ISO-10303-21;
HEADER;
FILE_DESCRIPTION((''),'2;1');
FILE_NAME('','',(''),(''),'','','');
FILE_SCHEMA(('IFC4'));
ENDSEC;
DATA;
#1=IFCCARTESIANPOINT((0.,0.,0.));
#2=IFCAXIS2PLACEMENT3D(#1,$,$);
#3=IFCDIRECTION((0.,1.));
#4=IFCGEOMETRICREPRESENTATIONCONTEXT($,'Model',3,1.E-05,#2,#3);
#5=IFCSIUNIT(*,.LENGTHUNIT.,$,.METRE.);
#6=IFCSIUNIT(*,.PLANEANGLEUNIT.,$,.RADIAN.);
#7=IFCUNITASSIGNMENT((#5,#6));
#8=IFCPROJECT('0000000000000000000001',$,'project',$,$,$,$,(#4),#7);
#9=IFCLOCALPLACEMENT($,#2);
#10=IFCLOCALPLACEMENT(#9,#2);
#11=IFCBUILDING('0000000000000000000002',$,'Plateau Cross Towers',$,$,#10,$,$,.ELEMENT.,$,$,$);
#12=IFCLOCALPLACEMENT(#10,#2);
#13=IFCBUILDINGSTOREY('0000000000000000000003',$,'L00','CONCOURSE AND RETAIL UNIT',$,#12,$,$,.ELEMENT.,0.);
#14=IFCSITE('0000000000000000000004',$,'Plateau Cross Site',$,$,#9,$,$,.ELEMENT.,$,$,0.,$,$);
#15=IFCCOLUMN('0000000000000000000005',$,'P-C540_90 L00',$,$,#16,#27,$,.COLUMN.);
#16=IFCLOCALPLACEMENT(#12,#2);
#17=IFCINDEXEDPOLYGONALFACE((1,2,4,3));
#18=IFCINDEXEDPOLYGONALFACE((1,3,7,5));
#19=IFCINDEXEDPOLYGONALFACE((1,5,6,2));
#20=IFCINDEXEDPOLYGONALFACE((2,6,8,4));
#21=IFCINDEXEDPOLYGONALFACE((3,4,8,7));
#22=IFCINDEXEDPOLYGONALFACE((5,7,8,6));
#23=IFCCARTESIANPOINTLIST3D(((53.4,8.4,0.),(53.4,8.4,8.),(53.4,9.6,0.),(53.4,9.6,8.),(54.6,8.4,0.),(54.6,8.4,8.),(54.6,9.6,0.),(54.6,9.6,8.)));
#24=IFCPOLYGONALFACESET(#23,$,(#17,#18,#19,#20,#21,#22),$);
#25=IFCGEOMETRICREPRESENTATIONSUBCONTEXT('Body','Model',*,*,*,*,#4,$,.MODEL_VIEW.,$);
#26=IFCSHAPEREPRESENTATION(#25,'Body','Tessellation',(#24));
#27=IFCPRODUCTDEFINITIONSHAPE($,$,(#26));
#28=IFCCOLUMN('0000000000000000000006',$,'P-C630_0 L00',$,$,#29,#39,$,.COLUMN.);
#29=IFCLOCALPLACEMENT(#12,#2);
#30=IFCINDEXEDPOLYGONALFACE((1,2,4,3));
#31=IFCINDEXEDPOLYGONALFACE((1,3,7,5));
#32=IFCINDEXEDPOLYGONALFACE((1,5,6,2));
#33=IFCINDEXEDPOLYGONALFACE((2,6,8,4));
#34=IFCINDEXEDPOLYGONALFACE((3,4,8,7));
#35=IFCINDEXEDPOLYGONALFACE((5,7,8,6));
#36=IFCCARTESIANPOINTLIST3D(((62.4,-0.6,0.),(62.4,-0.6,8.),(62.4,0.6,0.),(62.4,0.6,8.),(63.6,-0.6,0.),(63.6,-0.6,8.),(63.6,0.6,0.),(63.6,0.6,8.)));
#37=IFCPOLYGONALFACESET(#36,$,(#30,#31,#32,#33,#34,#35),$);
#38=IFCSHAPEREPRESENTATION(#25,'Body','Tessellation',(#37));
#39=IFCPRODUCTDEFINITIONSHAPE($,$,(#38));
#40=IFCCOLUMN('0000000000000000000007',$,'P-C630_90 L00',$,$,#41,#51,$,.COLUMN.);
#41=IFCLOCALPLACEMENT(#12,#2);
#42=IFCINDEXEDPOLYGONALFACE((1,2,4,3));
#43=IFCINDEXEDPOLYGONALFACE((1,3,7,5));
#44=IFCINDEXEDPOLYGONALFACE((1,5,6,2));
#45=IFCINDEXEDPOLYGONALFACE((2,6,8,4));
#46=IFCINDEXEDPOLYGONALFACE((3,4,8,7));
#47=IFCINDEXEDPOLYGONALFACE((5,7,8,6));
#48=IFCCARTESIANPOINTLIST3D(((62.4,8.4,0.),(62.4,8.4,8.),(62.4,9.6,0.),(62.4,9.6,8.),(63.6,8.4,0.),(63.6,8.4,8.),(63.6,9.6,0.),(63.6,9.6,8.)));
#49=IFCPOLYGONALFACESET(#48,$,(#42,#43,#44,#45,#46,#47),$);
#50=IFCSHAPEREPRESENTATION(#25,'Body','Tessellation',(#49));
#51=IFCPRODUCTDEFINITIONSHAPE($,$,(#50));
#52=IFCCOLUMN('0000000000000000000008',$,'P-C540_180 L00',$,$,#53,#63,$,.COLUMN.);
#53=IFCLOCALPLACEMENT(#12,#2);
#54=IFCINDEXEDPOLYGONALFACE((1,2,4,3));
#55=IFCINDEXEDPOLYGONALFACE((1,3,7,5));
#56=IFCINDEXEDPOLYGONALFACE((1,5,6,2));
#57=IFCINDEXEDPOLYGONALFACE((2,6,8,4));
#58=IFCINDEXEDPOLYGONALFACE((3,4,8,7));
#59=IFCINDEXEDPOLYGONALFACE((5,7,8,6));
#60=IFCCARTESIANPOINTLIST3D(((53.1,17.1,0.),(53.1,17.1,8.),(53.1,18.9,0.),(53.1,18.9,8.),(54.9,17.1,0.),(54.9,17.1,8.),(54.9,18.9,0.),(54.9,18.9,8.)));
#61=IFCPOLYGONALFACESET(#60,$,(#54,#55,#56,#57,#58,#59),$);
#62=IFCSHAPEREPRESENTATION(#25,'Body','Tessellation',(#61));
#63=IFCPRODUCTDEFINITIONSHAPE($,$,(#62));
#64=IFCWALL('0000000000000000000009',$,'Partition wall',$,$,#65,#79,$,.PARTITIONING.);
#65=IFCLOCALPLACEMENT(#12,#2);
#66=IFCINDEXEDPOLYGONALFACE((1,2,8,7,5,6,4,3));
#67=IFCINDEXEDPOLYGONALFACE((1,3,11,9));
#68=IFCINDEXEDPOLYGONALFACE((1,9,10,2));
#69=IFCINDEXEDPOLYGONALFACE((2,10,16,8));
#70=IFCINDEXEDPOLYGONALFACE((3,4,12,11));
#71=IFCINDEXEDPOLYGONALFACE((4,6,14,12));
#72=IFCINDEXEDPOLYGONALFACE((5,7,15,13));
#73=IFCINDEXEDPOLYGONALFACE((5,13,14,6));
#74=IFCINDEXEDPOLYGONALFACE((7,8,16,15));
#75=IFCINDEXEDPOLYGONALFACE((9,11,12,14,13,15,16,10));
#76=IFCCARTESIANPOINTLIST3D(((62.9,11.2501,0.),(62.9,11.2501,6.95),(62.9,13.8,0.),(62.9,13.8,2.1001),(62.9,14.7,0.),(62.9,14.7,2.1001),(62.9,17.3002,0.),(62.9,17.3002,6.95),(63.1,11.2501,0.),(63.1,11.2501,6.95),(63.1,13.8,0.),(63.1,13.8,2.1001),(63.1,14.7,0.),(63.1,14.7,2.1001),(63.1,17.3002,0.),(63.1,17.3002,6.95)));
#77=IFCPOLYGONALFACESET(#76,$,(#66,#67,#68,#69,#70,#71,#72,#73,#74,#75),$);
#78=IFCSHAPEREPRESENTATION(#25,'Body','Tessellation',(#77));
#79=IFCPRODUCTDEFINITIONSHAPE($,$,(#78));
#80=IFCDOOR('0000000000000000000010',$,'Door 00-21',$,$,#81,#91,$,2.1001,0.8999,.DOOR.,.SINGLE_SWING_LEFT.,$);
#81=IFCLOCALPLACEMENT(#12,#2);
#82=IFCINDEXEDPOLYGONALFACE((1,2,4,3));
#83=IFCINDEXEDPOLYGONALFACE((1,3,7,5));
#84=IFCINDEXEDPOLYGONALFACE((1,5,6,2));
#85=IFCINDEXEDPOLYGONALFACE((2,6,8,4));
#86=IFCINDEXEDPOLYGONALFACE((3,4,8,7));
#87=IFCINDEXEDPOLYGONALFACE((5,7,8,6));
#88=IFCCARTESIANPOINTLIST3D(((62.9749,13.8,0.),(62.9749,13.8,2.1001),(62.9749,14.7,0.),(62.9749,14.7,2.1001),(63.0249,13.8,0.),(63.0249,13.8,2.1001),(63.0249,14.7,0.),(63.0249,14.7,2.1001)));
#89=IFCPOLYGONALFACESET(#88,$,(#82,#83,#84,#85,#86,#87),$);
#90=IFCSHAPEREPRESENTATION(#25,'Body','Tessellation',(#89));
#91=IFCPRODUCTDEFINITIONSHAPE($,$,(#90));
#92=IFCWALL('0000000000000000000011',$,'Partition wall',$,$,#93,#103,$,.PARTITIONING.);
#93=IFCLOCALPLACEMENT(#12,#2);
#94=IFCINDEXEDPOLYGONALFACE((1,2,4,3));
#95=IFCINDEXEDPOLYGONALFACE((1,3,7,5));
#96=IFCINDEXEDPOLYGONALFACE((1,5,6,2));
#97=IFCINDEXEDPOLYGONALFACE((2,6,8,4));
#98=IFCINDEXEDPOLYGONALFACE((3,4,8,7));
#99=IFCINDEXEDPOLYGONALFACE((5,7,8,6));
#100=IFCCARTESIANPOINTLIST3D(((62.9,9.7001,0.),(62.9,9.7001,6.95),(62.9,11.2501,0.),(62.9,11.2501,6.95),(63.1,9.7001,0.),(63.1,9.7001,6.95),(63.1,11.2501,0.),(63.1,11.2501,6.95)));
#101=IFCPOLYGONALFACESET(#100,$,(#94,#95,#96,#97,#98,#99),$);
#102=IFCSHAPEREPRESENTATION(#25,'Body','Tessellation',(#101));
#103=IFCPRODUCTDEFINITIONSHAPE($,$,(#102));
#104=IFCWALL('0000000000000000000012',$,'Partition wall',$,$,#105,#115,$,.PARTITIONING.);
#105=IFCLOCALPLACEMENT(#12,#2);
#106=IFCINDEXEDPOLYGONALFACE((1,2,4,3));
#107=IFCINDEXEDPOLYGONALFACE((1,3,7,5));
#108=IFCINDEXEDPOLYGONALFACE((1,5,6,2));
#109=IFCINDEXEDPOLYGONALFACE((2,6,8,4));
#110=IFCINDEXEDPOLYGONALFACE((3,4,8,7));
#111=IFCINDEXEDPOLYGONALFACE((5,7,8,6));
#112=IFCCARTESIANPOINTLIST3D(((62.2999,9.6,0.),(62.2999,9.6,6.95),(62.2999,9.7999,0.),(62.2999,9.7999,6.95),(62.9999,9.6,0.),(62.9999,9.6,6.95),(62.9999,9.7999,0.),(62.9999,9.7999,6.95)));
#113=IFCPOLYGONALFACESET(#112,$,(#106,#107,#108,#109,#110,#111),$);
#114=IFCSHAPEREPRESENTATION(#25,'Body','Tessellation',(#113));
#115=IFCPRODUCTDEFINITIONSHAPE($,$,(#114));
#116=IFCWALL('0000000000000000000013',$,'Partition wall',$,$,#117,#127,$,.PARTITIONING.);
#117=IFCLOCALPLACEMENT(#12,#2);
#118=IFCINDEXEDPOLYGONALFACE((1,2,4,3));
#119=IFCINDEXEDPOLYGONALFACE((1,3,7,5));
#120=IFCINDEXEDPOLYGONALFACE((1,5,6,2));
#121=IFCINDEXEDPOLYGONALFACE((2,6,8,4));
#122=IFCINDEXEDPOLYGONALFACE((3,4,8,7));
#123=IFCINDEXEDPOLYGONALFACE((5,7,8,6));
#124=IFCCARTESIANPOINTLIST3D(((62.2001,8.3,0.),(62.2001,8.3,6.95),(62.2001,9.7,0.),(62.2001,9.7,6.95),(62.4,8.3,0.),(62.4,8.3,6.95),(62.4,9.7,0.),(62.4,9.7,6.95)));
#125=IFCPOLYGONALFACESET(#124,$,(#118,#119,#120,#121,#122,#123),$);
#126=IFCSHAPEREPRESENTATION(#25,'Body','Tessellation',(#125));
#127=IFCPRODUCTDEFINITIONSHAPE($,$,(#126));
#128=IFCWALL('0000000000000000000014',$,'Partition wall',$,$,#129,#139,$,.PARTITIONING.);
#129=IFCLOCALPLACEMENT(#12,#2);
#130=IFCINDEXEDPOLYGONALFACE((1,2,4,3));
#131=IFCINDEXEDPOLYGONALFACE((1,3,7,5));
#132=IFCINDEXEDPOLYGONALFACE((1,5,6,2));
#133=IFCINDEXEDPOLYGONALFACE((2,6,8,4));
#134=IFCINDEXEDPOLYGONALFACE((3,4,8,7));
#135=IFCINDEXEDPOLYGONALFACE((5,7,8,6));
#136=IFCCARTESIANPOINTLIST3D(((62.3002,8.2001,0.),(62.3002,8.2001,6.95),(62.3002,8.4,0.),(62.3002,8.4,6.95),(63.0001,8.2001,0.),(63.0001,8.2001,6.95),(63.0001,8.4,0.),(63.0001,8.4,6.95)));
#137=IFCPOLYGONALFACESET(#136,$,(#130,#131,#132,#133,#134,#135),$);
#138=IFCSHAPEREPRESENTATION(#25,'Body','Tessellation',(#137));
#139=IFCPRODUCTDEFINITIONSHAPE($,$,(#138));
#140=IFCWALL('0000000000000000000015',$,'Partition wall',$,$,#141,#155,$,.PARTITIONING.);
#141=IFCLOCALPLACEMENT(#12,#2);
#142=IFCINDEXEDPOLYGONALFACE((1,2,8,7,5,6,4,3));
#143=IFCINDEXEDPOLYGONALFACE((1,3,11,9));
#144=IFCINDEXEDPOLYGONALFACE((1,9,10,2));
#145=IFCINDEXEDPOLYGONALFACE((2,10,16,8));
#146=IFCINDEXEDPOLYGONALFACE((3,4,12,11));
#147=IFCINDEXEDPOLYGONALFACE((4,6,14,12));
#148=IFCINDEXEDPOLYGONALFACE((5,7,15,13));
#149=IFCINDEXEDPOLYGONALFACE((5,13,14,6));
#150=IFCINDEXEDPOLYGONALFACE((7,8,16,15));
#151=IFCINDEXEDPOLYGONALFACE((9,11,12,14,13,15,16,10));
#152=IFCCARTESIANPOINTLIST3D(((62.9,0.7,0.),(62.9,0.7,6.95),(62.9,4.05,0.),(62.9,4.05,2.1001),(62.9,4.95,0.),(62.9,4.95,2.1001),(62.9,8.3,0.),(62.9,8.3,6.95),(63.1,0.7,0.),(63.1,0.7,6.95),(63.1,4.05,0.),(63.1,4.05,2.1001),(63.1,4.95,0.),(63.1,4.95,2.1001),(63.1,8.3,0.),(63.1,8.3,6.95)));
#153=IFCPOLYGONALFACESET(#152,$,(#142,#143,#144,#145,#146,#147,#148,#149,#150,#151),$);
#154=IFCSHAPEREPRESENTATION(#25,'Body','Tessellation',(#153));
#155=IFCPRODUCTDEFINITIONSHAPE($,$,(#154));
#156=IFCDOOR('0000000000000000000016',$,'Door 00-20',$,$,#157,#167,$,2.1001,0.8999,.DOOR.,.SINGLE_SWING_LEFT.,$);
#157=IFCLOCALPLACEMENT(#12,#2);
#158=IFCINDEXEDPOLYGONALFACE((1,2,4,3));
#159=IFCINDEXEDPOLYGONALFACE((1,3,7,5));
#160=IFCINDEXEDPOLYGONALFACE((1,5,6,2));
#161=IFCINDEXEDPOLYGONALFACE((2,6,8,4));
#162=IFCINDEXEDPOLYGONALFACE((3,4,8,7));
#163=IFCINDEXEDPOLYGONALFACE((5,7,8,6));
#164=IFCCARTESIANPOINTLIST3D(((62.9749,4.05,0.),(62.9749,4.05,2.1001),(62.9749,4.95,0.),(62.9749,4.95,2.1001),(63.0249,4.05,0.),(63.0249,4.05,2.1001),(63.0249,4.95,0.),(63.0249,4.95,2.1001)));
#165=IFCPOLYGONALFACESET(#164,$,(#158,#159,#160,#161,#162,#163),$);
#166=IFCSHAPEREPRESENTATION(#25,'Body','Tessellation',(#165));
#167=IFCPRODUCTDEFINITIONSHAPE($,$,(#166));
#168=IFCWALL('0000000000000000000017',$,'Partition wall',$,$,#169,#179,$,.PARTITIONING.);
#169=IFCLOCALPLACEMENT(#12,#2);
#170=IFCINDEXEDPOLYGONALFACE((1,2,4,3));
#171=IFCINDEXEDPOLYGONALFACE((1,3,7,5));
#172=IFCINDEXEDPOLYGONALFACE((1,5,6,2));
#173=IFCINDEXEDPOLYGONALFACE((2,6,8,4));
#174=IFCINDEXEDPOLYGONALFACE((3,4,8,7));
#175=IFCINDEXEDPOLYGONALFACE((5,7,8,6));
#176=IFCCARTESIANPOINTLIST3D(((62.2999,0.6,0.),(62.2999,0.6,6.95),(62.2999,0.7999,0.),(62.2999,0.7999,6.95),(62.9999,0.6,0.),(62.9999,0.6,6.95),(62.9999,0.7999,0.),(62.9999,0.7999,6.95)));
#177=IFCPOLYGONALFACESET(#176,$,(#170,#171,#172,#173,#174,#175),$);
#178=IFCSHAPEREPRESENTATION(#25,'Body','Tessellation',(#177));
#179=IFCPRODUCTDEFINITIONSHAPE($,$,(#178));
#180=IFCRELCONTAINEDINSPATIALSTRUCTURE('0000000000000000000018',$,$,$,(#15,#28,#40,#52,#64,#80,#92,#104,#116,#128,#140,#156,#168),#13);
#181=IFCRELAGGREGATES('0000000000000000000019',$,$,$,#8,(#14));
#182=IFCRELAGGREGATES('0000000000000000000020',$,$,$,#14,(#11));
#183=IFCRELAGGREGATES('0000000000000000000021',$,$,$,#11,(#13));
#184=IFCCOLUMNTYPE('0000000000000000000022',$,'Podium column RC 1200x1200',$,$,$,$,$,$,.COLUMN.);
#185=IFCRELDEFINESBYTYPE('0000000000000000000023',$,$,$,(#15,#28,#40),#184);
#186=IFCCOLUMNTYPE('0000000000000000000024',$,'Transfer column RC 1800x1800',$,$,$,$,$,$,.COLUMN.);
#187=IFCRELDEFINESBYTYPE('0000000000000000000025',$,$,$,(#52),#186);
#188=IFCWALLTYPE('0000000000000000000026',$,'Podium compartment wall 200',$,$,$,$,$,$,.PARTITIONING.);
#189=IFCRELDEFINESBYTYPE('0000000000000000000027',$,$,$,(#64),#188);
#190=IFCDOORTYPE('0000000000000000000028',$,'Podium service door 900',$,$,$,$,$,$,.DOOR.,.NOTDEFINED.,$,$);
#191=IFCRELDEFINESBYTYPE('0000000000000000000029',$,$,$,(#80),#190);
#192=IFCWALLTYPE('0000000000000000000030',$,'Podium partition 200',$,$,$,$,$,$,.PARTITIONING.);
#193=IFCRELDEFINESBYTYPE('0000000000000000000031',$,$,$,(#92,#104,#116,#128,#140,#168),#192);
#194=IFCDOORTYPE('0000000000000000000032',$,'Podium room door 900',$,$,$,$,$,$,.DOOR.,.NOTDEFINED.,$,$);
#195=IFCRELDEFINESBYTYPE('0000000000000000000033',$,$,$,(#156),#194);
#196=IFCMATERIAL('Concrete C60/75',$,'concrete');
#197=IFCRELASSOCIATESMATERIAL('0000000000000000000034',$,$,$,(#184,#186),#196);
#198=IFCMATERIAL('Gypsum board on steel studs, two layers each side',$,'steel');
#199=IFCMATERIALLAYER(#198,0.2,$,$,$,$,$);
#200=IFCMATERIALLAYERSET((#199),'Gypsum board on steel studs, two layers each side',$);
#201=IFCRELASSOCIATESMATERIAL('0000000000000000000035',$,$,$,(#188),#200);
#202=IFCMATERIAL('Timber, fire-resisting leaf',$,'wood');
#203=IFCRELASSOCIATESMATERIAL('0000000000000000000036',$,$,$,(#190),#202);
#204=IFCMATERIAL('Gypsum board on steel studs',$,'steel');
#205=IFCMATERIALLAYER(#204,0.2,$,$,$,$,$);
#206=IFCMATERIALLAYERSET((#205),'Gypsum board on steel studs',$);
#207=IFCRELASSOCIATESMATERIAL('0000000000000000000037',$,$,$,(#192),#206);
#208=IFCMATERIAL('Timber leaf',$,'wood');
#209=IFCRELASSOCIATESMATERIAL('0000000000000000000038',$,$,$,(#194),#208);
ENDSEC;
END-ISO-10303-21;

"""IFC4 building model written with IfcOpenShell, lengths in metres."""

from ifc_helpers import new_model, si_unit, direction, frame, frame_2d, origin, origin_2d, place, context, subcontext, project, spatial, rectangle, extrude, material, layer, layer_set, material_profile, profile_set, type_object, element, fill, save


model = new_model("IFC4")

# Units and contexts
model_context = context("Model", 3, precision=1e-05, world=origin(), true_north=direction((0.0, 1.0)))
body_context = subcontext(model_context, "Body", "Model", "MODEL_VIEW")
ifc_project = project(units=[si_unit("LENGTHUNIT", "METRE"), si_unit("PLANEANGLEUNIT", "RADIAN")], contexts=[model_context])

# Site, building, storey
site_placement = place(None, origin())
site = spatial("IfcSite", under=ifc_project, at=site_placement, Name="Plateau Cross Site", CompositionType="ELEMENT", RefElevation=0.0)
building_placement = place(site_placement, origin())
building = spatial("IfcBuilding", under=site, at=building_placement, Name="Plateau Cross Towers", CompositionType="ELEMENT")
storey_placement = place(building_placement, origin())
storey = spatial("IfcBuildingStorey", under=building, at=storey_placement, Name="L00", Description="CONCOURSE AND RETAIL UNIT", CompositionType="ELEMENT", Elevation=0.0)

# Columns
ifc_material_1 = material(Name="Concrete C60/75", Category="concrete")
ifc_material_profile_1 = material_profile(ifc_material_1, rectangle(XDim=1.2, YDim=1.2, at=origin_2d()), Name="RC 1200x1200")
ifc_profile_set_1 = profile_set([ifc_material_profile_1], Name="Concrete C60/75")
column_type_1 = type_object("IfcColumnType", Name="Podium column RC 1200x1200", PredefinedType="COLUMN", material=ifc_profile_set_1)
for number, where, z_axis, x_axis, name in (
    (1, (54.0, 9.0, 0.0), (0.0, 0.0, 1.0), (1.0, 0.0, 0.0), "P-C540_90 L00"),
    (2, (63.0, 0.0, 0.0), (0.0, 0.0, 1.0), (1.0, 0.0, 0.0), "P-C630_0 L00"),
    (3, (63.0, 9.0, 0.0), (0.0, 0.0, 1.0), (1.0, 0.0, 0.0), "P-C630_90 L00"),
):
    element("IfcColumn", number, at=place(storey_placement, frame(where, z_axis=z_axis, x_axis=x_axis)), inside=storey, type_object=column_type_1, Name=name, PredefinedType="COLUMN", context=body_context, shape_type="SweptSolid", body=[
        extrude(rectangle(XDim=1.2, YDim=1.2, at=origin_2d()), origin(), (0.0, 0.0, 1.0), 8.0),
    ])
ifc_material_profile_2 = material_profile(ifc_material_1, rectangle(XDim=1.8, YDim=1.8, at=origin_2d()), Name="RC 1800x1800")
ifc_profile_set_2 = profile_set([ifc_material_profile_2], Name="Concrete C60/75")
column_type_2 = type_object("IfcColumnType", Name="Transfer column RC 1800x1800", PredefinedType="COLUMN", material=ifc_profile_set_2)
column_placement = place(storey_placement, frame((54.0, 18.0, 0.0), z_axis=(0.0, 0.0, 1.0), x_axis=(1.0, 0.0, 0.0)))
element("IfcColumn", 4, at=column_placement, inside=storey, type_object=column_type_2, Name="P-C540_180 L00", PredefinedType="COLUMN", context=body_context, shape_type="SweptSolid", body=[
    extrude(rectangle(XDim=1.8, YDim=1.8, at=origin_2d()), origin(), (0.0, 0.0, 1.0), 8.0),
])

# Wall, opening, door
ifc_material_2 = material(Name="Gypsum board on steel studs, two layers each side", Category="steel")
ifc_layer_1 = layer(ifc_material_2, 0.2)
ifc_layer_set_1 = layer_set([ifc_layer_1], Name="Gypsum board on steel studs, two layers each side")
wall_type_1 = type_object("IfcWallType", Name="Podium compartment wall 200", PredefinedType="PARTITIONING", material=ifc_layer_set_1)
wall_1_placement = place(storey_placement, frame((63.0, 17.3, 0.0), z_axis=(0.0, 0.0, 1.0), x_axis=(0.0, -1.0, 0.0)))
wall_1 = element("IfcWall", 5, at=wall_1_placement, inside=storey, type_object=wall_type_1, Name="Partition wall", PredefinedType="PARTITIONING", context=body_context, shape_type="SweptSolid", body=[
    extrude(rectangle(XDim=6.05, YDim=0.2, at=frame_2d((3.0249, 0.0))), origin(), (0.0, 0.0, 1.0), 6.95),
])
opening_1_placement = place(wall_1_placement, frame((2.6001, 0.0, 0.0)))
opening_1 = element("IfcOpeningElement", 6, at=opening_1_placement, cuts=wall_1, PredefinedType="OPENING", context=body_context, shape_type="SweptSolid", body=[
    extrude(rectangle(XDim=0.8999, YDim=2.1001, at=frame_2d((0.45, 1.05))), frame((0.0, 0.1099, 0.0), z_axis=(0.0, -1.0, 0.0), x_axis=(1.0, 0.0, 0.0)), (0.0, 0.0, 1.0), 0.22),
])
ifc_material_3 = material(Name="Timber, fire-resisting leaf", Category="wood")
door_type_1 = type_object("IfcDoorType", Name="Podium service door 900", OperationType="NOTDEFINED", PredefinedType="DOOR", material=ifc_material_3)
door_1_placement = place(opening_1_placement, origin())
door_1 = element("IfcDoor", 7, at=door_1_placement, inside=storey, type_object=door_type_1, Name="Door 00-21", OperationType="SINGLE_SWING_LEFT", OverallHeight=2.1001, OverallWidth=0.8999, PredefinedType="DOOR", context=body_context, shape_type="SweptSolid", body=[
    extrude(rectangle(XDim=0.8999, YDim=2.1001, at=frame_2d((0.45, 1.05))), frame((0.0, 0.0249, 0.0), z_axis=(0.0, -1.0, 0.0), x_axis=(1.0, 0.0, 0.0)), (0.0, 0.0, 1.0), 0.05),
])
fill(opening_1, door_1)

# Walls
ifc_material_4 = material(Name="Gypsum board on steel studs", Category="steel")
ifc_layer_2 = layer(ifc_material_4, 0.2)
ifc_layer_set_2 = layer_set([ifc_layer_2], Name="Gypsum board on steel studs")
wall_type_2 = type_object("IfcWallType", Name="Podium partition 200", PredefinedType="PARTITIONING", material=ifc_layer_set_2)
wall_2_placement = place(storey_placement, frame((63.0, 11.25, 0.0), z_axis=(0.0, 0.0, 1.0), x_axis=(0.0, -1.0, 0.0)))
element("IfcWall", 8, at=wall_2_placement, inside=storey, type_object=wall_type_2, Name="Partition wall", PredefinedType="PARTITIONING", context=body_context, shape_type="SweptSolid", body=[
    extrude(rectangle(XDim=1.55, YDim=0.2, at=frame_2d((0.7749, 0.0))), origin(), (0.0, 0.0, 1.0), 6.95),
])
wall_3_placement = place(storey_placement, frame((63.0, 9.7, 0.0), z_axis=(0.0, 0.0, 1.0), x_axis=(-1.0, 0.0, 0.0)))
element("IfcWall", 9, at=wall_3_placement, inside=storey, type_object=wall_type_2, Name="Partition wall", PredefinedType="PARTITIONING", context=body_context, shape_type="SweptSolid", body=[
    extrude(rectangle(XDim=0.7, YDim=0.2, at=frame_2d((0.3501, 0.0))), origin(), (0.0, 0.0, 1.0), 6.95),
])
wall_4_placement = place(storey_placement, frame((62.3, 9.7, 0.0), z_axis=(0.0, 0.0, 1.0), x_axis=(0.0, -1.0, 0.0)))
element("IfcWall", 10, at=wall_4_placement, inside=storey, type_object=wall_type_2, Name="Partition wall", PredefinedType="PARTITIONING", context=body_context, shape_type="SweptSolid", body=[
    extrude(rectangle(XDim=1.3999, YDim=0.2, at=frame_2d((0.7, 0.0))), origin(), (0.0, 0.0, 1.0), 6.95),
])
wall_5_placement = place(storey_placement, frame((62.3, 8.3, 0.0), z_axis=(0.0, 0.0, 1.0), x_axis=(1.0, 0.0, 0.0)))
element("IfcWall", 11, at=wall_5_placement, inside=storey, type_object=wall_type_2, Name="Partition wall", PredefinedType="PARTITIONING", context=body_context, shape_type="SweptSolid", body=[
    extrude(rectangle(XDim=0.7, YDim=0.2, at=frame_2d((0.3501, 0.0))), origin(), (0.0, 0.0, 1.0), 6.95),
])

# Wall, opening, door
wall_6_placement = place(storey_placement, frame((63.0, 8.3, 0.0), z_axis=(0.0, 0.0, 1.0), x_axis=(0.0, -1.0, 0.0)))
wall_6 = element("IfcWall", 12, at=wall_6_placement, inside=storey, type_object=wall_type_2, Name="Partition wall", PredefinedType="PARTITIONING", context=body_context, shape_type="SweptSolid", body=[
    extrude(rectangle(XDim=7.6001, YDim=0.2, at=frame_2d((3.8, 0.0))), origin(), (0.0, 0.0, 1.0), 6.95),
])
opening_2_placement = place(wall_6_placement, frame((3.3501, 0.0, 0.0)))
opening_2 = element("IfcOpeningElement", 13, at=opening_2_placement, cuts=wall_6, PredefinedType="OPENING", context=body_context, shape_type="SweptSolid", body=[
    extrude(rectangle(XDim=0.8999, YDim=2.1001, at=frame_2d((0.45, 1.05))), frame((0.0, 0.1099, 0.0), z_axis=(0.0, -1.0, 0.0), x_axis=(1.0, 0.0, 0.0)), (0.0, 0.0, 1.0), 0.22),
])
ifc_material_5 = material(Name="Timber leaf", Category="wood")
door_type_2 = type_object("IfcDoorType", Name="Podium room door 900", OperationType="NOTDEFINED", PredefinedType="DOOR", material=ifc_material_5)
door_2_placement = place(opening_2_placement, origin())
door_2 = element("IfcDoor", 14, at=door_2_placement, inside=storey, type_object=door_type_2, Name="Door 00-20", OperationType="SINGLE_SWING_LEFT", OverallHeight=2.1001, OverallWidth=0.8999, PredefinedType="DOOR", context=body_context, shape_type="SweptSolid", body=[
    extrude(rectangle(XDim=0.8999, YDim=2.1001, at=frame_2d((0.45, 1.05))), frame((0.0, 0.0249, 0.0), z_axis=(0.0, -1.0, 0.0), x_axis=(1.0, 0.0, 0.0)), (0.0, 0.0, 1.0), 0.05),
])
fill(opening_2, door_2)

# Wall
for number, where, z_axis, x_axis, name in (
    (15, (63.0, 0.7, 0.0), (0.0, 0.0, 1.0), (-1.0, 0.0, 0.0), "Partition wall"),
):
    element("IfcWall", number, at=place(storey_placement, frame(where, z_axis=z_axis, x_axis=x_axis)), inside=storey, type_object=wall_type_2, Name=name, PredefinedType="PARTITIONING", context=body_context, shape_type="SweptSolid", body=[
        extrude(rectangle(XDim=0.7, YDim=0.2, at=frame_2d((0.3501, 0.0))), origin(), (0.0, 0.0, 1.0), 6.95),
    ])

save(model, "model.ifc")
